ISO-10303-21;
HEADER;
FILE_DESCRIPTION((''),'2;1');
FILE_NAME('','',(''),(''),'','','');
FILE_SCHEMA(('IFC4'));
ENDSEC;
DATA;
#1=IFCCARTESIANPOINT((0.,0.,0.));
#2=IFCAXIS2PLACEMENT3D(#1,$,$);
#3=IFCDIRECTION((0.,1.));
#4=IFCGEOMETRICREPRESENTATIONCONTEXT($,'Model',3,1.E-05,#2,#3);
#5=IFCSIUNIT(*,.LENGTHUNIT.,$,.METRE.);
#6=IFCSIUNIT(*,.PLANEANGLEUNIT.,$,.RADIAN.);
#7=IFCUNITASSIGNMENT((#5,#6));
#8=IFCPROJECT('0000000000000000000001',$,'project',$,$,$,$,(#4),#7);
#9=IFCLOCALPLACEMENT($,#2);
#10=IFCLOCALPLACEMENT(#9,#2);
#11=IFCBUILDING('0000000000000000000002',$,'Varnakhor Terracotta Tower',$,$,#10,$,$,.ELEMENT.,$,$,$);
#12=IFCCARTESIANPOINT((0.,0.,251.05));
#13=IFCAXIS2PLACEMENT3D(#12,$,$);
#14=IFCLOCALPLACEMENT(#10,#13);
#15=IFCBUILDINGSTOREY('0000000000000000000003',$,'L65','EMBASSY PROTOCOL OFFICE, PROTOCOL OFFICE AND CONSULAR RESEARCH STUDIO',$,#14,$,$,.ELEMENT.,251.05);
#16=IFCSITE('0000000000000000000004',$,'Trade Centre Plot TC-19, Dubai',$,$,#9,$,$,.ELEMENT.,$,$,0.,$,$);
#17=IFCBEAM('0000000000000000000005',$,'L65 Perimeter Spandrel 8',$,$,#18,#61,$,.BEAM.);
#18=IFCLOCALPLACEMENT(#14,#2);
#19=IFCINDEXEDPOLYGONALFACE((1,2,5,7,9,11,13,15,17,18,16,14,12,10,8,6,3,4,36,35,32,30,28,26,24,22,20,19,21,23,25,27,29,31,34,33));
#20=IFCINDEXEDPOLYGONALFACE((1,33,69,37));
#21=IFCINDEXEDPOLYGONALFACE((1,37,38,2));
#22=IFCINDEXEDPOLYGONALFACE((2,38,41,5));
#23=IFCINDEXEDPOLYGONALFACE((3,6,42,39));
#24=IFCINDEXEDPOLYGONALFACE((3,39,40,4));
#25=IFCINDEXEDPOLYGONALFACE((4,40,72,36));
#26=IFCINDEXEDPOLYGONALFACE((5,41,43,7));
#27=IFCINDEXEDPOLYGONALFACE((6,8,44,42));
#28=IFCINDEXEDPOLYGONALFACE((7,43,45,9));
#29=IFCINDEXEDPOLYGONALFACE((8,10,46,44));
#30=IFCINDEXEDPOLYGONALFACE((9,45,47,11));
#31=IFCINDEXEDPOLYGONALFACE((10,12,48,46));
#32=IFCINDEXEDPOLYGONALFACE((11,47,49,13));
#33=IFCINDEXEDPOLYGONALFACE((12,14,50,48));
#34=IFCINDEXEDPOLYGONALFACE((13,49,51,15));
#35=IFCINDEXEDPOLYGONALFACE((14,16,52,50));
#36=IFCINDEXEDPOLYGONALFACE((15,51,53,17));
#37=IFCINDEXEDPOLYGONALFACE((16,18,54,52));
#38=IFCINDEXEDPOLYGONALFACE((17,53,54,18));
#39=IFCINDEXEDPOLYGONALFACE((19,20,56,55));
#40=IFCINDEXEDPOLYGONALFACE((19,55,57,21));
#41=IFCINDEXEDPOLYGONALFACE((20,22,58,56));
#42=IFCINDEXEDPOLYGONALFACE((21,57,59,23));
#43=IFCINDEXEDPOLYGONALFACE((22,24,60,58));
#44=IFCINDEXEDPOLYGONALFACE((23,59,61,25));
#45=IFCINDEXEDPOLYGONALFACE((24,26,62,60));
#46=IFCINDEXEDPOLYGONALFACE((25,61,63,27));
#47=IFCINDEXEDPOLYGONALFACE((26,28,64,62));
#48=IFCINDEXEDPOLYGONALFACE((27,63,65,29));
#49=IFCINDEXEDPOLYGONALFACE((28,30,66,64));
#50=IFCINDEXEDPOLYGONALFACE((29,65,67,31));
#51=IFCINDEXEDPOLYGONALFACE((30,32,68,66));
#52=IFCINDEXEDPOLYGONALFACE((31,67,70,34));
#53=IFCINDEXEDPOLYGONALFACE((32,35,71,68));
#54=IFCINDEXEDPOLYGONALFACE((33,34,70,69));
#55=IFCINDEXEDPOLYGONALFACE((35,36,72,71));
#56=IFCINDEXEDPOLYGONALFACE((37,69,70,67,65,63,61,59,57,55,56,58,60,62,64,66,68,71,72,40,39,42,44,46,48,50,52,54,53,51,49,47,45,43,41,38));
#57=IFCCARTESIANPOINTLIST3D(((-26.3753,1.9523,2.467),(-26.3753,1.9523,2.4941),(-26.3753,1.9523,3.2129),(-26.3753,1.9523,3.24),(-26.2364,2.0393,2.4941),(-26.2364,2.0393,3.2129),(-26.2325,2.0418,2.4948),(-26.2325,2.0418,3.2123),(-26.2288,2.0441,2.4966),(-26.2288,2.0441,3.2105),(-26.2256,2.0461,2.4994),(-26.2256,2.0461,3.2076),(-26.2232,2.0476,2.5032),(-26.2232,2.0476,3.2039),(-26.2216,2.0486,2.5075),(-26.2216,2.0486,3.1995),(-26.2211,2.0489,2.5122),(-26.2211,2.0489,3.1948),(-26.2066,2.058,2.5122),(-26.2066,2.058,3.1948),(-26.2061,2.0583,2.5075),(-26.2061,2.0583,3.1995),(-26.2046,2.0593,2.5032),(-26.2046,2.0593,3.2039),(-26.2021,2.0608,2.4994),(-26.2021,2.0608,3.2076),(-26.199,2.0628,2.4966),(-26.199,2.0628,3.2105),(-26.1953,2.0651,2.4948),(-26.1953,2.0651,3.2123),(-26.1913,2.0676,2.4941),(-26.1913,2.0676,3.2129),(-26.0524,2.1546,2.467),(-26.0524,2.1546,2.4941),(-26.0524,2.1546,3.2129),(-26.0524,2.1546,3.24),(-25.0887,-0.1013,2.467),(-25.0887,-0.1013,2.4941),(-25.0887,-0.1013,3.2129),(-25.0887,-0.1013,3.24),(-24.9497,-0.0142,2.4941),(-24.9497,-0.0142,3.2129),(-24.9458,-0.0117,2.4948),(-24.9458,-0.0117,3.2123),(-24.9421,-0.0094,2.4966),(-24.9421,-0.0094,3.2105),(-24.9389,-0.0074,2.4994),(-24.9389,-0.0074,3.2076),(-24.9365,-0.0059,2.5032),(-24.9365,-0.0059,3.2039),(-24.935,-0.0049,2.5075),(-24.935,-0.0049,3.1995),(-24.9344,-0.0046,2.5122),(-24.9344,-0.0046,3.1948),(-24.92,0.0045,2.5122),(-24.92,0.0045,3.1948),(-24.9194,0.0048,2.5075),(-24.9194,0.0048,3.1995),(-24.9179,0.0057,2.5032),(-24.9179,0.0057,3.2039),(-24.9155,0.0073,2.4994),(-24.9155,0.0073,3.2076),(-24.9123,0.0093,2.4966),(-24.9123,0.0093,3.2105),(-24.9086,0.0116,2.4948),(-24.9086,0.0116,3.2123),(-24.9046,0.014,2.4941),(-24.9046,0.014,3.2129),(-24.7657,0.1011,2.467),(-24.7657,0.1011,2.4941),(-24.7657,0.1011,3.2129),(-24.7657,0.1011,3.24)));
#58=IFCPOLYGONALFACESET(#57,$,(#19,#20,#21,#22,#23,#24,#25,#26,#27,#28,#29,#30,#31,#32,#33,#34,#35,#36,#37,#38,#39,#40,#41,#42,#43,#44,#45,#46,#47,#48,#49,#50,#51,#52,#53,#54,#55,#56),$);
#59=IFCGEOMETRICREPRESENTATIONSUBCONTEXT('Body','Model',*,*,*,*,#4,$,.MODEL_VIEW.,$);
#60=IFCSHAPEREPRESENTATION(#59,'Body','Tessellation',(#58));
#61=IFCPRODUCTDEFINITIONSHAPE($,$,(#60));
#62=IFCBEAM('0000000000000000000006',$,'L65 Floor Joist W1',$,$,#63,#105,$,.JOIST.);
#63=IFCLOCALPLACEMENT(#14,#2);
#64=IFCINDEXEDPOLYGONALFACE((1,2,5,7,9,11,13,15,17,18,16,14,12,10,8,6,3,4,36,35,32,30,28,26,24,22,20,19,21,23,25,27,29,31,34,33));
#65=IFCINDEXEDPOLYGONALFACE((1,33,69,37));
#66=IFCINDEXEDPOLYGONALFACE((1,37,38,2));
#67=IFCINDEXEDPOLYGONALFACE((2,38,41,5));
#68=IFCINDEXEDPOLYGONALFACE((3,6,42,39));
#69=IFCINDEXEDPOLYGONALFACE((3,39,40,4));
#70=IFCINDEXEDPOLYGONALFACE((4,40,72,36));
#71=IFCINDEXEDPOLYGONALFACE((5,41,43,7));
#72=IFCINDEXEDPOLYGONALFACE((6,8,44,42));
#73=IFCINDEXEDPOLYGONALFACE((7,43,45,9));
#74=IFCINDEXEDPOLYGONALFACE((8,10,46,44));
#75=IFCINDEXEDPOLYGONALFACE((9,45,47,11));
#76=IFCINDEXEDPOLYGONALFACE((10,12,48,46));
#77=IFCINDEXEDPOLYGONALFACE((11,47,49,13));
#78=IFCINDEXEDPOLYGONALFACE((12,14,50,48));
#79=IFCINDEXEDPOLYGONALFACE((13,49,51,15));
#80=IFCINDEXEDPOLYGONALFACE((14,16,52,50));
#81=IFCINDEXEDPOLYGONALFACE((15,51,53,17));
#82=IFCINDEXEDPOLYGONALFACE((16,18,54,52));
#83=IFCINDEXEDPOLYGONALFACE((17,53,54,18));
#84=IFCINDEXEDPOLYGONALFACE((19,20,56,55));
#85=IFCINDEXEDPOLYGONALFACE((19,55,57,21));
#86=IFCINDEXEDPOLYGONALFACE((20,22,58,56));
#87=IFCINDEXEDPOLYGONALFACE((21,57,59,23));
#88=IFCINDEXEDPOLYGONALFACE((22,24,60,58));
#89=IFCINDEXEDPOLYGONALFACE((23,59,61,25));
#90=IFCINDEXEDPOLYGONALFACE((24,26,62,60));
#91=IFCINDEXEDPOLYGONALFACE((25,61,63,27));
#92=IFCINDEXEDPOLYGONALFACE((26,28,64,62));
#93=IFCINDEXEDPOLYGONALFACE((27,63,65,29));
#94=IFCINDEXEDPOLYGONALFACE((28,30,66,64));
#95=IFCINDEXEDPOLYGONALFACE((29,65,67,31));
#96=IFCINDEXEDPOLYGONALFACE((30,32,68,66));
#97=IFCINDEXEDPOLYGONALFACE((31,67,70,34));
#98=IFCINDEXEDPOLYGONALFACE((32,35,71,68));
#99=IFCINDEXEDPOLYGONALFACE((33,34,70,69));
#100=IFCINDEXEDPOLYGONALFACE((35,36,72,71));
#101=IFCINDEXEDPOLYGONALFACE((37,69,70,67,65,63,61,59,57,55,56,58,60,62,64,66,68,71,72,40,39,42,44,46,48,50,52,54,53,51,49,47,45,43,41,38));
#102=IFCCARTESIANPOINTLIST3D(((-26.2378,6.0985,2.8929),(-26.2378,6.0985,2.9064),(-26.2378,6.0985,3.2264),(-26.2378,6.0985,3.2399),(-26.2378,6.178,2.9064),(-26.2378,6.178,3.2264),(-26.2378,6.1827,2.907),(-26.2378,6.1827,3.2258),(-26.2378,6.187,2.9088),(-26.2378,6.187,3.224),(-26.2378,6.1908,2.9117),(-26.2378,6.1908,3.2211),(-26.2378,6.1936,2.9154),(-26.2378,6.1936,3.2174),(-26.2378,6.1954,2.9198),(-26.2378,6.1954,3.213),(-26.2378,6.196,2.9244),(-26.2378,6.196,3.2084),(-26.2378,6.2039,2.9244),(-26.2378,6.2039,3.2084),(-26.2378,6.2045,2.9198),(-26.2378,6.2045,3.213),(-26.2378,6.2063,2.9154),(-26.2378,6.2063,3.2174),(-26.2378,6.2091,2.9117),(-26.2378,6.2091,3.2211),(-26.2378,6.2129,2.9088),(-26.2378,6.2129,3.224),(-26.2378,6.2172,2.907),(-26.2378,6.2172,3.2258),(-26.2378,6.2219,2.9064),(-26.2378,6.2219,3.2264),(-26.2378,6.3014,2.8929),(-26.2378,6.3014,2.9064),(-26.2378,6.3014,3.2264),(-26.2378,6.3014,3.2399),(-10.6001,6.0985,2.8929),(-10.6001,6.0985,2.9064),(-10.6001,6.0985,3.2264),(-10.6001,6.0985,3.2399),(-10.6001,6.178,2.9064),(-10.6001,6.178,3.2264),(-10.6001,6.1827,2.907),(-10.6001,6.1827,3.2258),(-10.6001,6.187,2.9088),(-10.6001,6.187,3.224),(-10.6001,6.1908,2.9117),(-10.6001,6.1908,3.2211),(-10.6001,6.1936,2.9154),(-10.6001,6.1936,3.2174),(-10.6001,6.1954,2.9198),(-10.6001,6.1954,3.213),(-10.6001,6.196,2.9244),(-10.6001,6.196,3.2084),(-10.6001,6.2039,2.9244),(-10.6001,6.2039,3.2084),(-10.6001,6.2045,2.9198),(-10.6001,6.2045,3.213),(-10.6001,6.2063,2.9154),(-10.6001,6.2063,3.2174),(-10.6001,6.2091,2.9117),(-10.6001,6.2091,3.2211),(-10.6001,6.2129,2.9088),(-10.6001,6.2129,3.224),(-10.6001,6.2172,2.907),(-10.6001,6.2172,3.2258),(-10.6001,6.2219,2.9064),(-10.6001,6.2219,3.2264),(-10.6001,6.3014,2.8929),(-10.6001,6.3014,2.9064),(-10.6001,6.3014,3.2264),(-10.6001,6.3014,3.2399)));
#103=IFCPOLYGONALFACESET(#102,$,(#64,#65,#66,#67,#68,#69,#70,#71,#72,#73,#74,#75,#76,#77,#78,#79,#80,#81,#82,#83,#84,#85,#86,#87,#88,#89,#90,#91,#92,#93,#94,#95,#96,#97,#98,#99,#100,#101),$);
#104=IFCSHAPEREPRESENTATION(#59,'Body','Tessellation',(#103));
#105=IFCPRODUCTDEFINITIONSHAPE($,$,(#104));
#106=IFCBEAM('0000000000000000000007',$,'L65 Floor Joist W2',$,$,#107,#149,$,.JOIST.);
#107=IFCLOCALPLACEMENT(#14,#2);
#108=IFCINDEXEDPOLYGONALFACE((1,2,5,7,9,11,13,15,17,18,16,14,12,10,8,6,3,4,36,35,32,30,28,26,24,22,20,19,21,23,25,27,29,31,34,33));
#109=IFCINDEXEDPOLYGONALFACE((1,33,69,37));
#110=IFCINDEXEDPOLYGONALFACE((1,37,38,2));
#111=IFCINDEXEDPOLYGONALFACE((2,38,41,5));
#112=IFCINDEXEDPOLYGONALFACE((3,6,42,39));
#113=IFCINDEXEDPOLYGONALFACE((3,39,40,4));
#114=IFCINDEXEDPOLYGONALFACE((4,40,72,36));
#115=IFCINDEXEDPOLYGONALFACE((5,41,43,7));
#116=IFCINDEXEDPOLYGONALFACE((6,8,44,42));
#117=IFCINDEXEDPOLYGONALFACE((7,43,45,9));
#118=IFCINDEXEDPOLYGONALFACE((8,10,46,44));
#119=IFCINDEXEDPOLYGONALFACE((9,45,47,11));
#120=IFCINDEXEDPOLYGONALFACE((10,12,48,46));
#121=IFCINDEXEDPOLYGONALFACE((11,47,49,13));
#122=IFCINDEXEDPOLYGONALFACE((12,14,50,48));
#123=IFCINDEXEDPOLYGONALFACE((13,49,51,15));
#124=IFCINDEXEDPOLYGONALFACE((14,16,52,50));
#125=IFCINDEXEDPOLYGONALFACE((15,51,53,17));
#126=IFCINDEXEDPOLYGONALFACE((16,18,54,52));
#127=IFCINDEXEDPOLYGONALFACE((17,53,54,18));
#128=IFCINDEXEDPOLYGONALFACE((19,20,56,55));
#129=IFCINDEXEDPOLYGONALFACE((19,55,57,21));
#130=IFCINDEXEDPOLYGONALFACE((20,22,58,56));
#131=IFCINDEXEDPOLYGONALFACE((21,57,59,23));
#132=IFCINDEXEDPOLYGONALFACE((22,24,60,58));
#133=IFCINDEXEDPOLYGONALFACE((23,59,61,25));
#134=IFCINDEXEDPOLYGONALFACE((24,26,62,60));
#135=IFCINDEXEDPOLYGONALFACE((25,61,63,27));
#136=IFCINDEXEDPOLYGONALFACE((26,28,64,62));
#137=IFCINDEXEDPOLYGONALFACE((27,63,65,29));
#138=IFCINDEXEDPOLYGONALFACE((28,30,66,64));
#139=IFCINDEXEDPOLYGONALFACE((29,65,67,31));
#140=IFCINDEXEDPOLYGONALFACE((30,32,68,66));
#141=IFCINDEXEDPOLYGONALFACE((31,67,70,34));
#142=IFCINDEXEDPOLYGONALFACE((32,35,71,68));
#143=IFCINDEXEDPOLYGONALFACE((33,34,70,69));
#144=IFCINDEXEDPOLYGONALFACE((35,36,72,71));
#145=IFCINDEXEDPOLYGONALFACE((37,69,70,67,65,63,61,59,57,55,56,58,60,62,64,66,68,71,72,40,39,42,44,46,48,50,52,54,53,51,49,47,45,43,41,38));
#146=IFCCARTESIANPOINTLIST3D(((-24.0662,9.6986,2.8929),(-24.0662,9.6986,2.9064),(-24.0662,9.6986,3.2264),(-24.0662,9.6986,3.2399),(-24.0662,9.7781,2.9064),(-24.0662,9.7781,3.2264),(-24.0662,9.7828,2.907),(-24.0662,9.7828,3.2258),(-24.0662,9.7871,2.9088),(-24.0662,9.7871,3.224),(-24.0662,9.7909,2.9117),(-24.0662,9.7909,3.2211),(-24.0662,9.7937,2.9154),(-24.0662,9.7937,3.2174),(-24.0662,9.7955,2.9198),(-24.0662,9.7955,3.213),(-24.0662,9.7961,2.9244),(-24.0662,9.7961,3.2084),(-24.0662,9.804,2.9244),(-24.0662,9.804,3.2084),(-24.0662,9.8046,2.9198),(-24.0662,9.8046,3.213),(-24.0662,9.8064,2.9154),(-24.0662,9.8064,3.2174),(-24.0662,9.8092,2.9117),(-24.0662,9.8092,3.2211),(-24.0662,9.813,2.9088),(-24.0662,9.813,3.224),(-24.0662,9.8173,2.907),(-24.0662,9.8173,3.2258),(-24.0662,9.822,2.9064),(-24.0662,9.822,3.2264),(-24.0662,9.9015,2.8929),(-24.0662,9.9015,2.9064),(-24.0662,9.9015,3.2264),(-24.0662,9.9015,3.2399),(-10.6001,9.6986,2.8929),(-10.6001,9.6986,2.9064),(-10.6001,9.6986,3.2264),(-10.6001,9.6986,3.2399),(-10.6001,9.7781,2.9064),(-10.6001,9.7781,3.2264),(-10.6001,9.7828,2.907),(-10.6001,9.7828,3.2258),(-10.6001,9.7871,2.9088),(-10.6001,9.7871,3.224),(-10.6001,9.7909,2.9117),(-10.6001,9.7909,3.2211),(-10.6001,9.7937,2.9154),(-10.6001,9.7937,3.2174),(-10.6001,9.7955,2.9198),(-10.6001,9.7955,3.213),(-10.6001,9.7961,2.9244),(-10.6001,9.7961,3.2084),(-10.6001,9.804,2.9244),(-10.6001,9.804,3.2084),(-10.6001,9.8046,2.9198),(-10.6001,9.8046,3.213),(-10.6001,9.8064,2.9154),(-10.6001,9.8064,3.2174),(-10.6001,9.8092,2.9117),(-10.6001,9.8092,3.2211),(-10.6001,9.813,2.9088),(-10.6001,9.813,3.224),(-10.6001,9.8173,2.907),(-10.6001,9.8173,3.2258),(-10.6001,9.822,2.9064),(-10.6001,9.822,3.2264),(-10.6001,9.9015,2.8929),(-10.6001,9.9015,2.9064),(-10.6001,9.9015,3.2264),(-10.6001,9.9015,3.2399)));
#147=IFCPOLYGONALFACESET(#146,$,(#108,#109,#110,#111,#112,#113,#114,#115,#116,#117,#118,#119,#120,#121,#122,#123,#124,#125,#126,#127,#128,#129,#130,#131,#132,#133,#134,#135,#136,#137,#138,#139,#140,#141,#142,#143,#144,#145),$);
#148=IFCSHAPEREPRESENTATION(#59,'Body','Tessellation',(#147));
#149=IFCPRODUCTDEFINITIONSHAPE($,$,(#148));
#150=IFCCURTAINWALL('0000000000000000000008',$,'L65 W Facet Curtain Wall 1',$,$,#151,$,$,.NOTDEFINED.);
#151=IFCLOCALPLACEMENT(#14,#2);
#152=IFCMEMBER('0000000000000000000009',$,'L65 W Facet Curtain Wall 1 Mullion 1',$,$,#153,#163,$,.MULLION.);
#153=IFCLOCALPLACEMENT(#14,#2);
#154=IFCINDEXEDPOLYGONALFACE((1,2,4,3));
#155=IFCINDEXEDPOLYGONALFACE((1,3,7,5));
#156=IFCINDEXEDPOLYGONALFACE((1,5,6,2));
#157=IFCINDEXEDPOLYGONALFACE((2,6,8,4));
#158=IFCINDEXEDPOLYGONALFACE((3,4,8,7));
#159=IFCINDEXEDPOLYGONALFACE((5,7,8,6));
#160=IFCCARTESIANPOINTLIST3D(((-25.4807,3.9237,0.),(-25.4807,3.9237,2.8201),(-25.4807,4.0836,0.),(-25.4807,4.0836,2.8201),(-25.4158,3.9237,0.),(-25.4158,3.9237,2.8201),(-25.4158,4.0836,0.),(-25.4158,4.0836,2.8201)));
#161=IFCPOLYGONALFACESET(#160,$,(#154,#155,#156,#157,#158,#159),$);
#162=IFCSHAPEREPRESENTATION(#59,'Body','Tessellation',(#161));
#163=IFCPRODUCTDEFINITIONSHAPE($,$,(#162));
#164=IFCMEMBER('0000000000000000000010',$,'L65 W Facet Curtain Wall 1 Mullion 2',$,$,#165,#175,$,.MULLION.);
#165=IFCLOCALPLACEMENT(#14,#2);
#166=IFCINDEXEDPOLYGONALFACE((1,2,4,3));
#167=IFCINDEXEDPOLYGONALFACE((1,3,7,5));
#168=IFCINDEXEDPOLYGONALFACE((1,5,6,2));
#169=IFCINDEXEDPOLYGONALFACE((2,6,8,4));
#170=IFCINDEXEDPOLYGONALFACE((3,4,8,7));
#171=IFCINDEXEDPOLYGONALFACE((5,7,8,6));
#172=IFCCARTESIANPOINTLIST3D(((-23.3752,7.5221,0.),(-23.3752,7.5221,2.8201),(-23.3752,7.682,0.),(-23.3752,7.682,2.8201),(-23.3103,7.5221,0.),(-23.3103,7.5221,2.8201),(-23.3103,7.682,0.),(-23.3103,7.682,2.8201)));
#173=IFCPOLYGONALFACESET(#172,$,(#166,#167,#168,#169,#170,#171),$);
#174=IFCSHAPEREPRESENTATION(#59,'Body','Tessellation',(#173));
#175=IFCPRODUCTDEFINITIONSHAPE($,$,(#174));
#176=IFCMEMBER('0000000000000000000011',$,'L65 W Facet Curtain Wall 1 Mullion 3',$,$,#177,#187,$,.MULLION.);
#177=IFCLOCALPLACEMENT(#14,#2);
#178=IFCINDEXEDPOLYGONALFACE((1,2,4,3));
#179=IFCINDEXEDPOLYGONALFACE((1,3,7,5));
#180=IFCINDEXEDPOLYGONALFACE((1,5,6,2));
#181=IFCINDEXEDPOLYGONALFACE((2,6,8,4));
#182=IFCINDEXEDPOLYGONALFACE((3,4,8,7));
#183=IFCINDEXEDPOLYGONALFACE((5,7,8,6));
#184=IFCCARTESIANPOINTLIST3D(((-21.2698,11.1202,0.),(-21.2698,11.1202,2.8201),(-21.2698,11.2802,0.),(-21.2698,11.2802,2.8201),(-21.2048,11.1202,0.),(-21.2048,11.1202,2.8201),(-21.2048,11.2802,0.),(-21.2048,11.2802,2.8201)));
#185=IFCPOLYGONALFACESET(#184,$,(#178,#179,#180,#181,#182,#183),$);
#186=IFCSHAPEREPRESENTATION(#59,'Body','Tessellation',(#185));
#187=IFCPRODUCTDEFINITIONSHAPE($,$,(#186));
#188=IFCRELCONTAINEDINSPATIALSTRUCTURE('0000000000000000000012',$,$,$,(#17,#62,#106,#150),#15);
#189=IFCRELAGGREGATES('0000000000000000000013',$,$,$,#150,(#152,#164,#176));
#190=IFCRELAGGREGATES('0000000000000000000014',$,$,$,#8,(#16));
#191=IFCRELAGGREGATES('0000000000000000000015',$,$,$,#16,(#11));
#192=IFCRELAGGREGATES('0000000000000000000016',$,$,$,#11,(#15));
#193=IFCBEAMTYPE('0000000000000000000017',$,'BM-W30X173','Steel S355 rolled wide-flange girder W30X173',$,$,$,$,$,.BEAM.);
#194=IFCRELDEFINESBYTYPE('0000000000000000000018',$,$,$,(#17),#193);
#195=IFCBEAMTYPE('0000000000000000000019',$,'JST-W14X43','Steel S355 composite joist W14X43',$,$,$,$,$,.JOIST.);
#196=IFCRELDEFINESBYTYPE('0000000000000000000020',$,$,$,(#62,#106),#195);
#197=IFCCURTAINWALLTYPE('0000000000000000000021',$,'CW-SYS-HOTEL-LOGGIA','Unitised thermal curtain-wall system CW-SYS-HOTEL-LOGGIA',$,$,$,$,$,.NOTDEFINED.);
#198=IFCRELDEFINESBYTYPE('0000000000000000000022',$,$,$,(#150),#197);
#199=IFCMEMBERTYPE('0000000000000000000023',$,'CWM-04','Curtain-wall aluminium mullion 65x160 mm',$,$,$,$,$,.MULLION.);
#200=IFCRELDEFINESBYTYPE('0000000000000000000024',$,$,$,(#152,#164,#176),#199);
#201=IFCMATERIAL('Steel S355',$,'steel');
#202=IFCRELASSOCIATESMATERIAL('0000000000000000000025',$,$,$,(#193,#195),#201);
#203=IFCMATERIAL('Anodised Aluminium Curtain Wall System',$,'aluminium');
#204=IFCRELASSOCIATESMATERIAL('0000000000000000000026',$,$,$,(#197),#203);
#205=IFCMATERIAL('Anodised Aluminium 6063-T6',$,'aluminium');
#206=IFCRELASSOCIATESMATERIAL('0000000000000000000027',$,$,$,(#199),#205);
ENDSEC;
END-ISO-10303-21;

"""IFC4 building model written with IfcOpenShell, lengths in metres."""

from ifc_helpers import new_model, si_unit, direction, frame, origin, origin_2d, place, context, subcontext, project, spatial, rectangle, i_section, extrude, source, transform, mapped, material, material_profile, profile_set, type_object, type_shapes, element, aggregate, save


model = new_model("IFC4")

# Units and contexts
model_context = context("Model", 3, precision=1e-05, world=origin(), true_north=direction((0.0, 1.0)))
body_context = subcontext(model_context, "Body", "Model", "MODEL_VIEW")
ifc_project = project(units=[si_unit("LENGTHUNIT", "METRE"), si_unit("PLANEANGLEUNIT", "RADIAN")], contexts=[model_context])

# Site, building, storey
site_placement = place(None, origin())
site = spatial("IfcSite", under=ifc_project, at=site_placement, Name="Trade Centre Plot TC-19, Dubai", CompositionType="ELEMENT", RefElevation=0.0)
building_placement = place(site_placement, origin())
building = spatial("IfcBuilding", under=site, at=building_placement, Name="Varnakhor Terracotta Tower", CompositionType="ELEMENT")
storey_placement = place(building_placement, frame((0.0, 0.0, 251.05)))
storey = spatial("IfcBuildingStorey", under=building, at=storey_placement, Name="L65", Description="EMBASSY PROTOCOL OFFICE, PROTOCOL OFFICE AND CONSULAR RESEARCH STUDIO", CompositionType="ELEMENT", Elevation=251.05)

# Beams
ifc_material_1 = material(Name="Steel S355", Category="steel")
ifc_material_profile_1 = material_profile(ifc_material_1, i_section(OverallWidth=0.3811, OverallDepth=0.7729, WebThickness=0.0171, FlangeThickness=0.0271, FilletRadius=0.0181, at=origin_2d()), Name="W30X173")
ifc_profile_set_1 = profile_set([ifc_material_profile_1], Name="Steel S355")
beam_type_1 = type_object("IfcBeamType", Name="BM-W30X173", Description="Steel S355 rolled wide-flange girder W30X173", PredefinedType="BEAM", material=ifc_profile_set_1)
shared_shape_1 = source(origin(), body_context, "Body", "SweptSolid", [
    extrude(i_section(OverallWidth=0.3811, OverallDepth=0.7729, WebThickness=0.0171, FlangeThickness=0.0271, FilletRadius=0.0181, at=origin_2d()), origin(), (0.0, 0.0, 1.0), 2.4233),
])
for number, where, z_axis, x_axis, name in (
    (1, (-26.2139, 2.0535, 2.8535), (0.53095, -0.847403, 0.0), (0.847403, 0.53095, 0.0), "L65 Perimeter Spandrel 8"),
):
    element("IfcBeam", number, at=place(storey_placement, frame(where, z_axis=z_axis, x_axis=x_axis)), inside=storey, type_object=beam_type_1, Name=name, PredefinedType="BEAM", context=body_context, shape_type="MappedRepresentation", body=[
        mapped(shared_shape_1, transform((0.0, 0.0, 0.0), scale=1.0)),
    ])
ifc_material_profile_2 = material_profile(ifc_material_1, i_section(OverallWidth=0.2029, OverallDepth=0.3469, WebThickness=0.0078, FlangeThickness=0.0134, FilletRadius=0.0181, at=origin_2d()), Name="W14X43")
ifc_profile_set_2 = profile_set([ifc_material_profile_2], Name="Steel S355")
beam_type_2 = type_object("IfcBeamType", Name="JST-W14X43", Description="Steel S355 composite joist W14X43", PredefinedType="JOIST", material=ifc_profile_set_2)
shared_shape_2 = source(origin(), body_context, "Body", "SweptSolid", [
    extrude(i_section(OverallWidth=0.2029, OverallDepth=0.3469, WebThickness=0.0078, FlangeThickness=0.0134, FilletRadius=0.0181, at=origin_2d()), origin(), (0.0, 0.0, 1.0), 15.6377),
])
beam_1_placement = place(storey_placement, frame((-26.2378, 6.2, 3.0664), z_axis=(1.0, 0.0, 0.0), x_axis=(0.0, 1.0, 0.0)))
element("IfcBeam", 2, at=beam_1_placement, inside=storey, type_object=beam_type_2, Name="L65 Floor Joist W1", PredefinedType="JOIST", context=body_context, shape_type="MappedRepresentation", body=[
    mapped(shared_shape_2, transform((0.0, 0.0, 0.0), scale=1.0)),
])
shared_shape_3 = source(origin(), body_context, "Body", "SweptSolid", [
    extrude(i_section(OverallWidth=0.2029, OverallDepth=0.3469, WebThickness=0.0078, FlangeThickness=0.0134, FilletRadius=0.0181, at=origin_2d()), origin(), (0.0, 0.0, 1.0), 13.4661),
])
beam_2_placement = place(storey_placement, frame((-24.0662, 9.8, 3.0664), z_axis=(1.0, 0.0, 0.0), x_axis=(0.0, 1.0, 0.0)))
element("IfcBeam", 3, at=beam_2_placement, inside=storey, type_object=beam_type_2, Name="L65 Floor Joist W2", PredefinedType="JOIST", context=body_context, shape_type="MappedRepresentation", body=[
    mapped(shared_shape_3, transform((0.0, 0.0, 0.0), scale=1.0)),
])

# Curtain wall, members
ifc_material_2 = material(Name="Anodised Aluminium Curtain Wall System", Category="aluminium")
curtain_wall_type = type_object("IfcCurtainWallType", Name="CW-SYS-HOTEL-LOGGIA", Description="Unitised thermal curtain-wall system CW-SYS-HOTEL-LOGGIA", PredefinedType="NOTDEFINED", material=ifc_material_2)
curtain_wall_1_placement = place(storey_placement, origin())
curtain_wall_1 = element("IfcCurtainWall", 4, at=curtain_wall_1_placement, inside=storey, type_object=curtain_wall_type, Name="L65 W Facet Curtain Wall 1", PredefinedType="NOTDEFINED")
ifc_material_3 = material(Name="Anodised Aluminium 6063-T6", Category="aluminium")
ifc_material_profile_3 = material_profile(ifc_material_3, rectangle(XDim=0.0649, YDim=0.1599, at=origin_2d()), Name="ALU MULLION 65x160")
ifc_profile_set_3 = profile_set([ifc_material_profile_3], Name="Anodised Aluminium 6063-T6")
member_type_1 = type_object("IfcMemberType", Name="CWM-04", Description="Curtain-wall aluminium mullion 65x160 mm", PredefinedType="MULLION", material=ifc_profile_set_3)
shared_shape_4 = source(origin(), body_context, "Body", "SweptSolid", [
    extrude(rectangle(XDim=0.0649, YDim=0.1599, at=origin_2d()), origin(), (0.0, 0.0, 1.0), 2.8201),
])
type_shapes(member_type_1, [shared_shape_4])
member_1_placement = place(storey_placement, frame((-25.4482, 4.0037, 0.0), z_axis=(0.0, 0.0, 1.0), x_axis=(1.0, 0.0, 0.0)))
member_1 = element("IfcMember", 5, at=member_1_placement, type_object=member_type_1, Name="L65 W Facet Curtain Wall 1 Mullion 1", PredefinedType="MULLION", context=body_context, shape_type="MappedRepresentation", body=[
    mapped(shared_shape_4, transform((0.0, 0.0, 0.0), scale=1.0)),
])
member_2_placement = place(storey_placement, frame((-23.3428, 7.6021, 0.0), z_axis=(0.0, 0.0, 1.0), x_axis=(1.0, 0.0, 0.0)))
member_2 = element("IfcMember", 6, at=member_2_placement, type_object=member_type_1, Name="L65 W Facet Curtain Wall 1 Mullion 2", PredefinedType="MULLION", context=body_context, shape_type="MappedRepresentation", body=[
    mapped(shared_shape_4, transform((0.0, 0.0, 0.0), scale=1.0)),
])
member_3_placement = place(storey_placement, frame((-21.2373, 11.2002, 0.0), z_axis=(0.0, 0.0, 1.0), x_axis=(1.0, 0.0, 0.0)))
member_3 = element("IfcMember", 7, at=member_3_placement, type_object=member_type_1, Name="L65 W Facet Curtain Wall 1 Mullion 3", PredefinedType="MULLION", context=body_context, shape_type="MappedRepresentation", body=[
    mapped(shared_shape_4, transform((0.0, 0.0, 0.0), scale=1.0)),
])

aggregate(curtain_wall_1, [member_1, member_2, member_3])

save(model, "model.ifc")
